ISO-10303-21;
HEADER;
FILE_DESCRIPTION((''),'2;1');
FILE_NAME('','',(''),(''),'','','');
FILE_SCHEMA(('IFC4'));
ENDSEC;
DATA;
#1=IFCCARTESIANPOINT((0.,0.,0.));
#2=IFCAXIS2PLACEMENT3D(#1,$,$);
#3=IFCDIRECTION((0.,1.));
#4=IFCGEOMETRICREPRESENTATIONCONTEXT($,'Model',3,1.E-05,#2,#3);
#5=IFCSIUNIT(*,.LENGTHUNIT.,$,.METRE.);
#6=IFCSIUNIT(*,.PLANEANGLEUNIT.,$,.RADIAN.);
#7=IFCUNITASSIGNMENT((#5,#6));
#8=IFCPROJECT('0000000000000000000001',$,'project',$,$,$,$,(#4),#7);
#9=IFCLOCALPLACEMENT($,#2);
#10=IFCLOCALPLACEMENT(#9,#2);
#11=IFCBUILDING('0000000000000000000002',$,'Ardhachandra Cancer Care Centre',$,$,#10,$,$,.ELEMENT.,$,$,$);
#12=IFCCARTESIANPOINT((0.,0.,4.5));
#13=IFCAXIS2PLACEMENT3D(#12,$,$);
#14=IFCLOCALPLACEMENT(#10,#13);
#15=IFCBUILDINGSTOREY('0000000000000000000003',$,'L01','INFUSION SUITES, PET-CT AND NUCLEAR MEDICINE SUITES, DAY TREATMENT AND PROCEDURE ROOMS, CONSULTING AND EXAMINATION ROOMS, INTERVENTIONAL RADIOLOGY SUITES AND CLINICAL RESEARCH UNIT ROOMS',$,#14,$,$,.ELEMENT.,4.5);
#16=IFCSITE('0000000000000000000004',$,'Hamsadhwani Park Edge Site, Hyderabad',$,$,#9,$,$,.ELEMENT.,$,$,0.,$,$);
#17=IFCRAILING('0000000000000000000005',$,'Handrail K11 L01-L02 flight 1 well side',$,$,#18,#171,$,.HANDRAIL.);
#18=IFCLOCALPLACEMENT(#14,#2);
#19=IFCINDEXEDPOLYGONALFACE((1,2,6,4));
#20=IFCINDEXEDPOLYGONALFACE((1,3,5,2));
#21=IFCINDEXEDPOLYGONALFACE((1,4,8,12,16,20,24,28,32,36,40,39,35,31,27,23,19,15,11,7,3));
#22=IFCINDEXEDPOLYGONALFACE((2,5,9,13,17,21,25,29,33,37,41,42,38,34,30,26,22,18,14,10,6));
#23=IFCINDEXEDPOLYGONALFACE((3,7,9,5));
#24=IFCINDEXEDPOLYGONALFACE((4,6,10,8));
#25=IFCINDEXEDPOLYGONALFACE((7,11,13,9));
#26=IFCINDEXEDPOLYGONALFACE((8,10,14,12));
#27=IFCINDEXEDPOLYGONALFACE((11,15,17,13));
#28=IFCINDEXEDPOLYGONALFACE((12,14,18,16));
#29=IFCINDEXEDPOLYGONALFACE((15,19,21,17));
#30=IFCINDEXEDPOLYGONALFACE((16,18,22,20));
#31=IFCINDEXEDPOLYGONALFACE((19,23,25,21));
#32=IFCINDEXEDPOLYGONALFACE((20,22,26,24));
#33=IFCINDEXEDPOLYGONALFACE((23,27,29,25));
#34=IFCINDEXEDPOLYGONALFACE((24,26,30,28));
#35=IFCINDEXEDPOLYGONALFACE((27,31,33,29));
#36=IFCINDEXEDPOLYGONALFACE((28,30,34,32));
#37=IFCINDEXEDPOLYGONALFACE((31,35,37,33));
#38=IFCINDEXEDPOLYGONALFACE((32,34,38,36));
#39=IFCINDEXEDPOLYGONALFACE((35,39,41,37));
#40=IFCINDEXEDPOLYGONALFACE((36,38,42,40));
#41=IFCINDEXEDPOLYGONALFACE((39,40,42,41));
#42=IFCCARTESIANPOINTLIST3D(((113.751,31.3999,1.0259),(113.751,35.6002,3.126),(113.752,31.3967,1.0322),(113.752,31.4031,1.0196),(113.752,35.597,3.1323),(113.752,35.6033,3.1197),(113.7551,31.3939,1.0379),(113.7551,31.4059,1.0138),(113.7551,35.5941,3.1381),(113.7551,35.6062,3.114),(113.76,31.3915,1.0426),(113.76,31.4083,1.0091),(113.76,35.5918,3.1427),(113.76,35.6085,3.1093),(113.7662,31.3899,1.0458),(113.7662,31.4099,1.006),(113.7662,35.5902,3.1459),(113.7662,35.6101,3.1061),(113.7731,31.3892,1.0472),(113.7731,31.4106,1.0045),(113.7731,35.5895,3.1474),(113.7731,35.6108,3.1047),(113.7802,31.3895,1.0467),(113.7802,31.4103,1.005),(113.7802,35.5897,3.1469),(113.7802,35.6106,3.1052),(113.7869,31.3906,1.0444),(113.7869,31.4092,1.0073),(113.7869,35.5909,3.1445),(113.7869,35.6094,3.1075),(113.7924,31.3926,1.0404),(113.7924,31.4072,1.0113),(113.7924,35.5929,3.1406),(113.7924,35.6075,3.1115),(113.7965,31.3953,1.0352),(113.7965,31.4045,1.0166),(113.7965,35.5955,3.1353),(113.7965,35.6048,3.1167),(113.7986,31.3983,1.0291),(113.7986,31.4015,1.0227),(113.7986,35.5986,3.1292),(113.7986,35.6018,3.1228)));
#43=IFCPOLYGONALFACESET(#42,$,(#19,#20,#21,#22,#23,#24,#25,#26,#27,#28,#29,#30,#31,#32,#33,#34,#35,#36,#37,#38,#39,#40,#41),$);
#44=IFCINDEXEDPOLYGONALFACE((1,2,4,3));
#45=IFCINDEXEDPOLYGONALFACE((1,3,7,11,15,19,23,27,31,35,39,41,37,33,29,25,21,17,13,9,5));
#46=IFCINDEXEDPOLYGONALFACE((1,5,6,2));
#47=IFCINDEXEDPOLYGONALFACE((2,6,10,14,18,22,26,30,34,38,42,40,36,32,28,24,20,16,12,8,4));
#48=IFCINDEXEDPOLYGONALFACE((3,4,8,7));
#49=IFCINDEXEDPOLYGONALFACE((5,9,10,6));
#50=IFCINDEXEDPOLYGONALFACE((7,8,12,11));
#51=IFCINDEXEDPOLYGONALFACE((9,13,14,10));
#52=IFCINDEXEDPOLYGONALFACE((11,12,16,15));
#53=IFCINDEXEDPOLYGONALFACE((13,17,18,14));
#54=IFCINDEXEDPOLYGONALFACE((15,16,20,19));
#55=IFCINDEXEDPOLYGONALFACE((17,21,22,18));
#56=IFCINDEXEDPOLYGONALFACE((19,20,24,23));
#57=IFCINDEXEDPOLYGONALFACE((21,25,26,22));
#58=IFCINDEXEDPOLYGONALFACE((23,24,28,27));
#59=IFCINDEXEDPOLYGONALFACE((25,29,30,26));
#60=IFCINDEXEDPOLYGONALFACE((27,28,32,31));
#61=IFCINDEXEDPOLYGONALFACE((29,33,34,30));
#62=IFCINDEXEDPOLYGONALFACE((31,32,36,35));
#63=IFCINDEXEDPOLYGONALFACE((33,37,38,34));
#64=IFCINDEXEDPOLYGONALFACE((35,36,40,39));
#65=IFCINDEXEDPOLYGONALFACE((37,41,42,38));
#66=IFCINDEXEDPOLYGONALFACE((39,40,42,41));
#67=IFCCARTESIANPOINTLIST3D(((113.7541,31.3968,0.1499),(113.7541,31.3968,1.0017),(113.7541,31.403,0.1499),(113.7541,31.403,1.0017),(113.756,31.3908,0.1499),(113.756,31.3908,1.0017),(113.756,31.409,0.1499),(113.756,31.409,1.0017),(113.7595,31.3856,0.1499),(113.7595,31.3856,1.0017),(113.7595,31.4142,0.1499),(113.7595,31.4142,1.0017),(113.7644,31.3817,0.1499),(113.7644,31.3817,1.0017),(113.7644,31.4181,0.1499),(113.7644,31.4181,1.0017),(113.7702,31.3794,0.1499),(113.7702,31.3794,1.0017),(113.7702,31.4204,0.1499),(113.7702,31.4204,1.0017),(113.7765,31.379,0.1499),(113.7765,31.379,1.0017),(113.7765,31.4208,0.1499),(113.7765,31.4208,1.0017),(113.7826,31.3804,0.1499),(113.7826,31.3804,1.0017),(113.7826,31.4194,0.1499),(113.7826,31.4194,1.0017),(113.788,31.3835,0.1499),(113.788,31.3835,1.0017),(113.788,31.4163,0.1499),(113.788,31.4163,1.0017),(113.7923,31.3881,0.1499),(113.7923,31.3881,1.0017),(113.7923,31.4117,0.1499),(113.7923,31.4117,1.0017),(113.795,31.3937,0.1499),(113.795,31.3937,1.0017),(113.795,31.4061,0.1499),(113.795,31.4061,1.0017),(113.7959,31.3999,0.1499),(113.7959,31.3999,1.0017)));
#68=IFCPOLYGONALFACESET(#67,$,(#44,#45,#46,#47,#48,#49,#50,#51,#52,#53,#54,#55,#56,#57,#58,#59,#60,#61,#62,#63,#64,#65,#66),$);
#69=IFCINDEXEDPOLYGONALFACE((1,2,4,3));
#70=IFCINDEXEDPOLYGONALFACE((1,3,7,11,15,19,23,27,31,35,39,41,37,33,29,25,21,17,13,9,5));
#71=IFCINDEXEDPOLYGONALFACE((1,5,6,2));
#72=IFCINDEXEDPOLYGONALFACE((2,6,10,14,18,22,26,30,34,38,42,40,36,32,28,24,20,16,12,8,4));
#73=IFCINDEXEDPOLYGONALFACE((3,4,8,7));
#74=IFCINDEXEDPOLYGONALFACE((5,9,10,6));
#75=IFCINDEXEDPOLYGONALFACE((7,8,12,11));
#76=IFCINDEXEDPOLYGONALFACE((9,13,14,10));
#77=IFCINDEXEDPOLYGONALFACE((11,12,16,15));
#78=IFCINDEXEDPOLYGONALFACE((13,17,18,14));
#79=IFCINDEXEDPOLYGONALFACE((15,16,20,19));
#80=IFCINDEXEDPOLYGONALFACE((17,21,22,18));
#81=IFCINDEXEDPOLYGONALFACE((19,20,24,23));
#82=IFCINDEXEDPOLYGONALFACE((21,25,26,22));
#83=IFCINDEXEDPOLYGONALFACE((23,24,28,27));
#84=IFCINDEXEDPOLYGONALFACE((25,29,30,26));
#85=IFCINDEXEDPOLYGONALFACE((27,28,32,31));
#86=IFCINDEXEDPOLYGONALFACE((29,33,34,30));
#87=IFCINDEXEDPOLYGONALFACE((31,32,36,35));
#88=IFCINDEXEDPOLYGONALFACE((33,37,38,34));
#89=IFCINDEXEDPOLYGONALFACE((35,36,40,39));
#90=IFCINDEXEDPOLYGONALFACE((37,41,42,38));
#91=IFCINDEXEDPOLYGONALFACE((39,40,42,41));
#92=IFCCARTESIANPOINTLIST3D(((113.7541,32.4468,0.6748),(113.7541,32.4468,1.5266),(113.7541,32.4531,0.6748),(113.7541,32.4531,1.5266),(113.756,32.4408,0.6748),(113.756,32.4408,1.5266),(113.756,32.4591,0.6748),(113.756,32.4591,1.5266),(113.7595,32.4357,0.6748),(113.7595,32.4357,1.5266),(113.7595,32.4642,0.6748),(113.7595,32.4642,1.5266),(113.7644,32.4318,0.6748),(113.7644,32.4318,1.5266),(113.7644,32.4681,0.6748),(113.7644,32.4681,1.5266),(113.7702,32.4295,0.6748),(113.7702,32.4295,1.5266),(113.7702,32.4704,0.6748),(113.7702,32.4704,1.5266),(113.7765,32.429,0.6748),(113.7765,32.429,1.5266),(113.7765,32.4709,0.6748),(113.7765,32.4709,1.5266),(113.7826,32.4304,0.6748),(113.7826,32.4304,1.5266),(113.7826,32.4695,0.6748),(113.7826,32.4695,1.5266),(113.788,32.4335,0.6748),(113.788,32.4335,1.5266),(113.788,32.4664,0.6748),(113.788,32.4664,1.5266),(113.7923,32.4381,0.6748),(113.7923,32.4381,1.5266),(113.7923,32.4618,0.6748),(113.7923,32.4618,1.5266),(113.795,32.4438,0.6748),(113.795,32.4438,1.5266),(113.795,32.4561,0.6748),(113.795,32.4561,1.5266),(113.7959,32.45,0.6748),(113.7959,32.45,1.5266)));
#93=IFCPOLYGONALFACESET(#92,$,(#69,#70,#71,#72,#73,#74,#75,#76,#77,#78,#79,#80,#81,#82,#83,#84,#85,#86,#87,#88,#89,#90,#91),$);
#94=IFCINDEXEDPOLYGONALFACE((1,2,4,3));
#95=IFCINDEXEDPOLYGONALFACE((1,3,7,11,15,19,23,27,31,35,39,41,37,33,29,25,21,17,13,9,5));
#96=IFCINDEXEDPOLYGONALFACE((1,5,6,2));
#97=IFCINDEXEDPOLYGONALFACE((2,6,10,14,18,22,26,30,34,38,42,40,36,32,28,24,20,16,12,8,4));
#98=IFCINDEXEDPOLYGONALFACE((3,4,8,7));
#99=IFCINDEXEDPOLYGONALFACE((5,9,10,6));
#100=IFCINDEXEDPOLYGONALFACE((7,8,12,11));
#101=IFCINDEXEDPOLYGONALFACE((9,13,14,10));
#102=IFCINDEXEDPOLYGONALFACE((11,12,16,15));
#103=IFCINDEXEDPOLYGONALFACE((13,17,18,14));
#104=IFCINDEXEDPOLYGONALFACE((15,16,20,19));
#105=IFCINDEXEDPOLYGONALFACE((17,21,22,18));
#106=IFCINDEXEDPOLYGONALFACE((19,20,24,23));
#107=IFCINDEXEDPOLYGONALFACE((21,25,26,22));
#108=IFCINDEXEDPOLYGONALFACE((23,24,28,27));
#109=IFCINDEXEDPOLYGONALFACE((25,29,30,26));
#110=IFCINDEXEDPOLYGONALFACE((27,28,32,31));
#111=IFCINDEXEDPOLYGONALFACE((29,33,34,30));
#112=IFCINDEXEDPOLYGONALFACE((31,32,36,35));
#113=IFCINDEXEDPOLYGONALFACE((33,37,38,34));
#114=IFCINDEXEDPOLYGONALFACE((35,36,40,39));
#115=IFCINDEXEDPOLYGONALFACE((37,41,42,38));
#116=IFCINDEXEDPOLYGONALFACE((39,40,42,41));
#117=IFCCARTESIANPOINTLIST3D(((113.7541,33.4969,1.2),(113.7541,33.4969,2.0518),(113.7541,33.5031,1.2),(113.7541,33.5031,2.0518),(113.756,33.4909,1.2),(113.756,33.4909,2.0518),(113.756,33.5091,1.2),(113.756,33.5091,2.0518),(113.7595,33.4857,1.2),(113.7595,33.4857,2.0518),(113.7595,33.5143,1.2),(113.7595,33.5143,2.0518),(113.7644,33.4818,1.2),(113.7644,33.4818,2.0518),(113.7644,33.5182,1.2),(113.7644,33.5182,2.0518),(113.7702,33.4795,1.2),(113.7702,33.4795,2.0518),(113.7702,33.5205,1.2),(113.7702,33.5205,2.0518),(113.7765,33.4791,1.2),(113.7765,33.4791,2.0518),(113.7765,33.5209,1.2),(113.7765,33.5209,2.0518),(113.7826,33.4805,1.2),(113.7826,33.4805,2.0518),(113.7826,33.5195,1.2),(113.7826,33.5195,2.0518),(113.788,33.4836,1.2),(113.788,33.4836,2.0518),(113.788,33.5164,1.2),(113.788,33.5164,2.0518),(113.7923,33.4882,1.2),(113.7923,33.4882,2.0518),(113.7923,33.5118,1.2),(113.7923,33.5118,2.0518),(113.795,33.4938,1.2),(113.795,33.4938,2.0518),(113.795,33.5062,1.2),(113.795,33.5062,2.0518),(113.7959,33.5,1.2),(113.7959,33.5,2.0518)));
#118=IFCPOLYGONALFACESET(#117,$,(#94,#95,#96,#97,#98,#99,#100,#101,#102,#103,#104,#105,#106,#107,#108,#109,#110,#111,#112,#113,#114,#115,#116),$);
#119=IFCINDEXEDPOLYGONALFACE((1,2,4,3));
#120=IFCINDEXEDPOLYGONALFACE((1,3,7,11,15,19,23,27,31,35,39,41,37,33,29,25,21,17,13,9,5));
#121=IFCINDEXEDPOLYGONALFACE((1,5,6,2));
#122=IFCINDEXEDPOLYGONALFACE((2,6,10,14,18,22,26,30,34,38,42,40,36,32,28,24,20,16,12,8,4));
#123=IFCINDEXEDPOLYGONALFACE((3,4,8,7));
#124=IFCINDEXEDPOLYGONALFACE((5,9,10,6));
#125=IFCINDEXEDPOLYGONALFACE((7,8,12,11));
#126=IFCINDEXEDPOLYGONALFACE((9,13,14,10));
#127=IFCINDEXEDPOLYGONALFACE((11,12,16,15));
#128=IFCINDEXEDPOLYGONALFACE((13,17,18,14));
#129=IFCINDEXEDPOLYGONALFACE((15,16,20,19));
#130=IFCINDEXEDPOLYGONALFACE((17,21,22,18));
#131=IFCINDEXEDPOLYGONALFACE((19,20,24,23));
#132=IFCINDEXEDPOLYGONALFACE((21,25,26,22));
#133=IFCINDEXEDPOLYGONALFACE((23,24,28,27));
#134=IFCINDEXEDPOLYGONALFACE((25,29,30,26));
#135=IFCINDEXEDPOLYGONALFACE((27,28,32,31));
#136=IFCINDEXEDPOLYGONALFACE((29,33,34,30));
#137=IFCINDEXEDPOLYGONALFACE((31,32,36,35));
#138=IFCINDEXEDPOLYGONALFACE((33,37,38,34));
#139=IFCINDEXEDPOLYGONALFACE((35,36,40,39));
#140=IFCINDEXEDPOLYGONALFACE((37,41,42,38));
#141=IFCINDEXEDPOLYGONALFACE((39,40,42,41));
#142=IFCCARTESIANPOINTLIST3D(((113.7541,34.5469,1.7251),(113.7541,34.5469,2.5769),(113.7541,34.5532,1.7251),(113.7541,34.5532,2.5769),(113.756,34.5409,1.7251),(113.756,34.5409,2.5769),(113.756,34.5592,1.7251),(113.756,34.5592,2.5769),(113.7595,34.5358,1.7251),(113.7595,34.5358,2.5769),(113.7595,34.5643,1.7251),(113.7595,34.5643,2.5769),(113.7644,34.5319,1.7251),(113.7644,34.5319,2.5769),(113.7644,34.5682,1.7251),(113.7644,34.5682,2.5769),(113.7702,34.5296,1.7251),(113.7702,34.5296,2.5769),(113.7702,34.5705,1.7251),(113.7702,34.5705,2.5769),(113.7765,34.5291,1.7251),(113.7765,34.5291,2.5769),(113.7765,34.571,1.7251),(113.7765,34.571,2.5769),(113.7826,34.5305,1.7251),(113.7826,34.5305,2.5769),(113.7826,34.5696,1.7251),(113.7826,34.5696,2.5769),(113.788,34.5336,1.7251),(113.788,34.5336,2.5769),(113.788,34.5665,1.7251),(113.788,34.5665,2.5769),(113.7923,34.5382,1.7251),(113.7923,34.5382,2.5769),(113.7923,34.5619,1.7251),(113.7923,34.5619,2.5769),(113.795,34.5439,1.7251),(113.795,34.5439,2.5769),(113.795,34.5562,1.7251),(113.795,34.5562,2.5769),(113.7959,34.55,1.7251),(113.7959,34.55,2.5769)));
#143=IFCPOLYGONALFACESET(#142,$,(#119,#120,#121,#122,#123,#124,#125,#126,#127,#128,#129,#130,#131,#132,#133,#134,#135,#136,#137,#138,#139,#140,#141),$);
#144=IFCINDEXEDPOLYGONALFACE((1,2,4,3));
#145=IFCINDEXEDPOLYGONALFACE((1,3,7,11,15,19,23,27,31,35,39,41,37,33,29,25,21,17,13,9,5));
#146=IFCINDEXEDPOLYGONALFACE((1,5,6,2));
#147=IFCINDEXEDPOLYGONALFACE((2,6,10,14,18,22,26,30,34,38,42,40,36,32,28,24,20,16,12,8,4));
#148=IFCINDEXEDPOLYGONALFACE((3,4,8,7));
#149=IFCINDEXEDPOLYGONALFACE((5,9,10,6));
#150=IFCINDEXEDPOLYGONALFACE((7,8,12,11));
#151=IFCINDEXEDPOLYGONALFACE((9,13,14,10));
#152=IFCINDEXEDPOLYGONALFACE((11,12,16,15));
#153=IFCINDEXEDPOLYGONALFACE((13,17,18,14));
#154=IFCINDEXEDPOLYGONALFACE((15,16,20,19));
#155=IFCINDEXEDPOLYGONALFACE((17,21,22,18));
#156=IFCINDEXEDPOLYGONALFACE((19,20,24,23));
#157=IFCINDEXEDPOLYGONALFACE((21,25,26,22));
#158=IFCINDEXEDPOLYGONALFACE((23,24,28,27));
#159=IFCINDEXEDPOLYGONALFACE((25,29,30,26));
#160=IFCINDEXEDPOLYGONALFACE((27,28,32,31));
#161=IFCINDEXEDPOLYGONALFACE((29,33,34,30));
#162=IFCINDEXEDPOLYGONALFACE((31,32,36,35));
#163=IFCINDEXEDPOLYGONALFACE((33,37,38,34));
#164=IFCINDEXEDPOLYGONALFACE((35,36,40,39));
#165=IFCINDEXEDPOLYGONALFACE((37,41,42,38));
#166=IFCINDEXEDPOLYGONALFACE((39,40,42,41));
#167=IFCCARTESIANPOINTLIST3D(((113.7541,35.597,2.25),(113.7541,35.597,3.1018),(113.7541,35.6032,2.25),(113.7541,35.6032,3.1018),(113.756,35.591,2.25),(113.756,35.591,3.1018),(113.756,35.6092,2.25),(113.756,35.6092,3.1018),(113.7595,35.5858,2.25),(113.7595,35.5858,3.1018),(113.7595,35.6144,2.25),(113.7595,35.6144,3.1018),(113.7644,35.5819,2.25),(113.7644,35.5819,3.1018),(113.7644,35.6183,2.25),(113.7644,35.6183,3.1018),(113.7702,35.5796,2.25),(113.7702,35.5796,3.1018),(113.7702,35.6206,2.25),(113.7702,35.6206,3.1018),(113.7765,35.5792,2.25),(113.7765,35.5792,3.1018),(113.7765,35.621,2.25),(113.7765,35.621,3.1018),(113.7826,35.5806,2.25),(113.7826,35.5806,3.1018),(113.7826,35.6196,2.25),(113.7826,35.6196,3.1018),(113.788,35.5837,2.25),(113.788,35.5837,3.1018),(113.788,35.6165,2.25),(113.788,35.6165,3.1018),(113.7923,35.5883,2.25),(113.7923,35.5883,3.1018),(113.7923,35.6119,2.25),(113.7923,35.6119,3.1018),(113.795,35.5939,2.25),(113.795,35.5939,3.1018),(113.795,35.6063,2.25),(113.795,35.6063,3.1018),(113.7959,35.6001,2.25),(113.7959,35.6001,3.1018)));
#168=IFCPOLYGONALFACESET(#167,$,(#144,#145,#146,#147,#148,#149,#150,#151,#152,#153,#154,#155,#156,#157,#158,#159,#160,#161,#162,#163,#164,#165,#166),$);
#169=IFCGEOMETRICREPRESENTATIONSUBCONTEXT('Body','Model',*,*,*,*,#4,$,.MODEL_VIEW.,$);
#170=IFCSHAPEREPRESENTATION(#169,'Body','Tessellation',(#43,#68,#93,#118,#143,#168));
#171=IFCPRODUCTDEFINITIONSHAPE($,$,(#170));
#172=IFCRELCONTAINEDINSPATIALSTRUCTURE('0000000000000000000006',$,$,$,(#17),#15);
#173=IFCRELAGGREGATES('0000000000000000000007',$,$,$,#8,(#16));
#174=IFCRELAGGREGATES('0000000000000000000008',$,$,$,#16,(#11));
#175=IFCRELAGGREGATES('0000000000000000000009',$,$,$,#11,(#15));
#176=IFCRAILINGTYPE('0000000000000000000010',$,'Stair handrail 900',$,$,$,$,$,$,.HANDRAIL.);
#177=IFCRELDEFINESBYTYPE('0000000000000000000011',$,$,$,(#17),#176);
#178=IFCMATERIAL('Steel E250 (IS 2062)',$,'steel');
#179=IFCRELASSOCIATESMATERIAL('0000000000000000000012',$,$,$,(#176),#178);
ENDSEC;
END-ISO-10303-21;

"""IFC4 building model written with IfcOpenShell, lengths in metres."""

from ifc_helpers import new_model, si_unit, direction, frame, origin, origin_2d, place, context, subcontext, project, spatial, circle, extrude, material, type_object, element, save


model = new_model("IFC4")

# Units and contexts
model_context = context("Model", 3, precision=1e-05, world=origin(), true_north=direction((0.0, 1.0)))
body_context = subcontext(model_context, "Body", "Model", "MODEL_VIEW")
ifc_project = project(units=[si_unit("LENGTHUNIT", "METRE"), si_unit("PLANEANGLEUNIT", "RADIAN")], contexts=[model_context])

# Site, building, storey
site_placement = place(None, origin())
site = spatial("IfcSite", under=ifc_project, at=site_placement, Name="Hamsadhwani Park Edge Site, Hyderabad", CompositionType="ELEMENT", RefElevation=0.0)
building_placement = place(site_placement, origin())
building = spatial("IfcBuilding", under=site, at=building_placement, Name="Ardhachandra Cancer Care Centre", CompositionType="ELEMENT")
storey_placement = place(building_placement, frame((0.0, 0.0, 4.5)))
storey = spatial("IfcBuildingStorey", under=building, at=storey_placement, Name="L01", Description="INFUSION SUITES, PET-CT AND NUCLEAR MEDICINE SUITES, DAY TREATMENT AND PROCEDURE ROOMS, CONSULTING AND EXAMINATION ROOMS, INTERVENTIONAL RADIOLOGY SUITES AND CLINICAL RESEARCH UNIT ROOMS", CompositionType="ELEMENT", Elevation=4.5)

# Railing
ifc_material_1 = material(Name="Steel E250 (IS 2062)", Category="steel")
railing_type = type_object("IfcRailingType", Name="Stair handrail 900", PredefinedType="HANDRAIL", material=ifc_material_1)
railing_placement = place(storey_placement, frame((113.7749, 31.3999, 0.1499)))
element("IfcRailing", 1, at=railing_placement, inside=storey, type_object=railing_type, Name="Handrail K11 L01-L02 flight 1 well side", PredefinedType="HANDRAIL", context=body_context, shape_type="SweptSolid", body=[
    extrude(circle(Radius=0.0239, at=origin_2d()), frame((0.0, 0.0, 0.876), z_axis=(0.0, 0.894427, 0.447214), x_axis=(-1.0, 0.0, 0.0)), (0.0, 0.0, 1.0), 4.696),
    extrude(circle(Radius=0.021, at=origin_2d()), origin(), (0.0, 0.0, 1.0), 0.8518),
    extrude(circle(Radius=0.021, at=origin_2d()), frame((0.0, 1.05, 0.5249)), (0.0, 0.0, 1.0), 0.8518),
    extrude(circle(Radius=0.021, at=origin_2d()), frame((0.0, 2.1001, 1.05)), (0.0, 0.0, 1.0), 0.8518),
    extrude(circle(Radius=0.021, at=origin_2d()), frame((0.0, 3.1501, 1.5752)), (0.0, 0.0, 1.0), 0.8518),
    extrude(circle(Radius=0.021, at=origin_2d()), frame((0.0, 4.2002, 2.1001)), (0.0, 0.0, 1.0), 0.8518),
])

save(model, "model.ifc")
